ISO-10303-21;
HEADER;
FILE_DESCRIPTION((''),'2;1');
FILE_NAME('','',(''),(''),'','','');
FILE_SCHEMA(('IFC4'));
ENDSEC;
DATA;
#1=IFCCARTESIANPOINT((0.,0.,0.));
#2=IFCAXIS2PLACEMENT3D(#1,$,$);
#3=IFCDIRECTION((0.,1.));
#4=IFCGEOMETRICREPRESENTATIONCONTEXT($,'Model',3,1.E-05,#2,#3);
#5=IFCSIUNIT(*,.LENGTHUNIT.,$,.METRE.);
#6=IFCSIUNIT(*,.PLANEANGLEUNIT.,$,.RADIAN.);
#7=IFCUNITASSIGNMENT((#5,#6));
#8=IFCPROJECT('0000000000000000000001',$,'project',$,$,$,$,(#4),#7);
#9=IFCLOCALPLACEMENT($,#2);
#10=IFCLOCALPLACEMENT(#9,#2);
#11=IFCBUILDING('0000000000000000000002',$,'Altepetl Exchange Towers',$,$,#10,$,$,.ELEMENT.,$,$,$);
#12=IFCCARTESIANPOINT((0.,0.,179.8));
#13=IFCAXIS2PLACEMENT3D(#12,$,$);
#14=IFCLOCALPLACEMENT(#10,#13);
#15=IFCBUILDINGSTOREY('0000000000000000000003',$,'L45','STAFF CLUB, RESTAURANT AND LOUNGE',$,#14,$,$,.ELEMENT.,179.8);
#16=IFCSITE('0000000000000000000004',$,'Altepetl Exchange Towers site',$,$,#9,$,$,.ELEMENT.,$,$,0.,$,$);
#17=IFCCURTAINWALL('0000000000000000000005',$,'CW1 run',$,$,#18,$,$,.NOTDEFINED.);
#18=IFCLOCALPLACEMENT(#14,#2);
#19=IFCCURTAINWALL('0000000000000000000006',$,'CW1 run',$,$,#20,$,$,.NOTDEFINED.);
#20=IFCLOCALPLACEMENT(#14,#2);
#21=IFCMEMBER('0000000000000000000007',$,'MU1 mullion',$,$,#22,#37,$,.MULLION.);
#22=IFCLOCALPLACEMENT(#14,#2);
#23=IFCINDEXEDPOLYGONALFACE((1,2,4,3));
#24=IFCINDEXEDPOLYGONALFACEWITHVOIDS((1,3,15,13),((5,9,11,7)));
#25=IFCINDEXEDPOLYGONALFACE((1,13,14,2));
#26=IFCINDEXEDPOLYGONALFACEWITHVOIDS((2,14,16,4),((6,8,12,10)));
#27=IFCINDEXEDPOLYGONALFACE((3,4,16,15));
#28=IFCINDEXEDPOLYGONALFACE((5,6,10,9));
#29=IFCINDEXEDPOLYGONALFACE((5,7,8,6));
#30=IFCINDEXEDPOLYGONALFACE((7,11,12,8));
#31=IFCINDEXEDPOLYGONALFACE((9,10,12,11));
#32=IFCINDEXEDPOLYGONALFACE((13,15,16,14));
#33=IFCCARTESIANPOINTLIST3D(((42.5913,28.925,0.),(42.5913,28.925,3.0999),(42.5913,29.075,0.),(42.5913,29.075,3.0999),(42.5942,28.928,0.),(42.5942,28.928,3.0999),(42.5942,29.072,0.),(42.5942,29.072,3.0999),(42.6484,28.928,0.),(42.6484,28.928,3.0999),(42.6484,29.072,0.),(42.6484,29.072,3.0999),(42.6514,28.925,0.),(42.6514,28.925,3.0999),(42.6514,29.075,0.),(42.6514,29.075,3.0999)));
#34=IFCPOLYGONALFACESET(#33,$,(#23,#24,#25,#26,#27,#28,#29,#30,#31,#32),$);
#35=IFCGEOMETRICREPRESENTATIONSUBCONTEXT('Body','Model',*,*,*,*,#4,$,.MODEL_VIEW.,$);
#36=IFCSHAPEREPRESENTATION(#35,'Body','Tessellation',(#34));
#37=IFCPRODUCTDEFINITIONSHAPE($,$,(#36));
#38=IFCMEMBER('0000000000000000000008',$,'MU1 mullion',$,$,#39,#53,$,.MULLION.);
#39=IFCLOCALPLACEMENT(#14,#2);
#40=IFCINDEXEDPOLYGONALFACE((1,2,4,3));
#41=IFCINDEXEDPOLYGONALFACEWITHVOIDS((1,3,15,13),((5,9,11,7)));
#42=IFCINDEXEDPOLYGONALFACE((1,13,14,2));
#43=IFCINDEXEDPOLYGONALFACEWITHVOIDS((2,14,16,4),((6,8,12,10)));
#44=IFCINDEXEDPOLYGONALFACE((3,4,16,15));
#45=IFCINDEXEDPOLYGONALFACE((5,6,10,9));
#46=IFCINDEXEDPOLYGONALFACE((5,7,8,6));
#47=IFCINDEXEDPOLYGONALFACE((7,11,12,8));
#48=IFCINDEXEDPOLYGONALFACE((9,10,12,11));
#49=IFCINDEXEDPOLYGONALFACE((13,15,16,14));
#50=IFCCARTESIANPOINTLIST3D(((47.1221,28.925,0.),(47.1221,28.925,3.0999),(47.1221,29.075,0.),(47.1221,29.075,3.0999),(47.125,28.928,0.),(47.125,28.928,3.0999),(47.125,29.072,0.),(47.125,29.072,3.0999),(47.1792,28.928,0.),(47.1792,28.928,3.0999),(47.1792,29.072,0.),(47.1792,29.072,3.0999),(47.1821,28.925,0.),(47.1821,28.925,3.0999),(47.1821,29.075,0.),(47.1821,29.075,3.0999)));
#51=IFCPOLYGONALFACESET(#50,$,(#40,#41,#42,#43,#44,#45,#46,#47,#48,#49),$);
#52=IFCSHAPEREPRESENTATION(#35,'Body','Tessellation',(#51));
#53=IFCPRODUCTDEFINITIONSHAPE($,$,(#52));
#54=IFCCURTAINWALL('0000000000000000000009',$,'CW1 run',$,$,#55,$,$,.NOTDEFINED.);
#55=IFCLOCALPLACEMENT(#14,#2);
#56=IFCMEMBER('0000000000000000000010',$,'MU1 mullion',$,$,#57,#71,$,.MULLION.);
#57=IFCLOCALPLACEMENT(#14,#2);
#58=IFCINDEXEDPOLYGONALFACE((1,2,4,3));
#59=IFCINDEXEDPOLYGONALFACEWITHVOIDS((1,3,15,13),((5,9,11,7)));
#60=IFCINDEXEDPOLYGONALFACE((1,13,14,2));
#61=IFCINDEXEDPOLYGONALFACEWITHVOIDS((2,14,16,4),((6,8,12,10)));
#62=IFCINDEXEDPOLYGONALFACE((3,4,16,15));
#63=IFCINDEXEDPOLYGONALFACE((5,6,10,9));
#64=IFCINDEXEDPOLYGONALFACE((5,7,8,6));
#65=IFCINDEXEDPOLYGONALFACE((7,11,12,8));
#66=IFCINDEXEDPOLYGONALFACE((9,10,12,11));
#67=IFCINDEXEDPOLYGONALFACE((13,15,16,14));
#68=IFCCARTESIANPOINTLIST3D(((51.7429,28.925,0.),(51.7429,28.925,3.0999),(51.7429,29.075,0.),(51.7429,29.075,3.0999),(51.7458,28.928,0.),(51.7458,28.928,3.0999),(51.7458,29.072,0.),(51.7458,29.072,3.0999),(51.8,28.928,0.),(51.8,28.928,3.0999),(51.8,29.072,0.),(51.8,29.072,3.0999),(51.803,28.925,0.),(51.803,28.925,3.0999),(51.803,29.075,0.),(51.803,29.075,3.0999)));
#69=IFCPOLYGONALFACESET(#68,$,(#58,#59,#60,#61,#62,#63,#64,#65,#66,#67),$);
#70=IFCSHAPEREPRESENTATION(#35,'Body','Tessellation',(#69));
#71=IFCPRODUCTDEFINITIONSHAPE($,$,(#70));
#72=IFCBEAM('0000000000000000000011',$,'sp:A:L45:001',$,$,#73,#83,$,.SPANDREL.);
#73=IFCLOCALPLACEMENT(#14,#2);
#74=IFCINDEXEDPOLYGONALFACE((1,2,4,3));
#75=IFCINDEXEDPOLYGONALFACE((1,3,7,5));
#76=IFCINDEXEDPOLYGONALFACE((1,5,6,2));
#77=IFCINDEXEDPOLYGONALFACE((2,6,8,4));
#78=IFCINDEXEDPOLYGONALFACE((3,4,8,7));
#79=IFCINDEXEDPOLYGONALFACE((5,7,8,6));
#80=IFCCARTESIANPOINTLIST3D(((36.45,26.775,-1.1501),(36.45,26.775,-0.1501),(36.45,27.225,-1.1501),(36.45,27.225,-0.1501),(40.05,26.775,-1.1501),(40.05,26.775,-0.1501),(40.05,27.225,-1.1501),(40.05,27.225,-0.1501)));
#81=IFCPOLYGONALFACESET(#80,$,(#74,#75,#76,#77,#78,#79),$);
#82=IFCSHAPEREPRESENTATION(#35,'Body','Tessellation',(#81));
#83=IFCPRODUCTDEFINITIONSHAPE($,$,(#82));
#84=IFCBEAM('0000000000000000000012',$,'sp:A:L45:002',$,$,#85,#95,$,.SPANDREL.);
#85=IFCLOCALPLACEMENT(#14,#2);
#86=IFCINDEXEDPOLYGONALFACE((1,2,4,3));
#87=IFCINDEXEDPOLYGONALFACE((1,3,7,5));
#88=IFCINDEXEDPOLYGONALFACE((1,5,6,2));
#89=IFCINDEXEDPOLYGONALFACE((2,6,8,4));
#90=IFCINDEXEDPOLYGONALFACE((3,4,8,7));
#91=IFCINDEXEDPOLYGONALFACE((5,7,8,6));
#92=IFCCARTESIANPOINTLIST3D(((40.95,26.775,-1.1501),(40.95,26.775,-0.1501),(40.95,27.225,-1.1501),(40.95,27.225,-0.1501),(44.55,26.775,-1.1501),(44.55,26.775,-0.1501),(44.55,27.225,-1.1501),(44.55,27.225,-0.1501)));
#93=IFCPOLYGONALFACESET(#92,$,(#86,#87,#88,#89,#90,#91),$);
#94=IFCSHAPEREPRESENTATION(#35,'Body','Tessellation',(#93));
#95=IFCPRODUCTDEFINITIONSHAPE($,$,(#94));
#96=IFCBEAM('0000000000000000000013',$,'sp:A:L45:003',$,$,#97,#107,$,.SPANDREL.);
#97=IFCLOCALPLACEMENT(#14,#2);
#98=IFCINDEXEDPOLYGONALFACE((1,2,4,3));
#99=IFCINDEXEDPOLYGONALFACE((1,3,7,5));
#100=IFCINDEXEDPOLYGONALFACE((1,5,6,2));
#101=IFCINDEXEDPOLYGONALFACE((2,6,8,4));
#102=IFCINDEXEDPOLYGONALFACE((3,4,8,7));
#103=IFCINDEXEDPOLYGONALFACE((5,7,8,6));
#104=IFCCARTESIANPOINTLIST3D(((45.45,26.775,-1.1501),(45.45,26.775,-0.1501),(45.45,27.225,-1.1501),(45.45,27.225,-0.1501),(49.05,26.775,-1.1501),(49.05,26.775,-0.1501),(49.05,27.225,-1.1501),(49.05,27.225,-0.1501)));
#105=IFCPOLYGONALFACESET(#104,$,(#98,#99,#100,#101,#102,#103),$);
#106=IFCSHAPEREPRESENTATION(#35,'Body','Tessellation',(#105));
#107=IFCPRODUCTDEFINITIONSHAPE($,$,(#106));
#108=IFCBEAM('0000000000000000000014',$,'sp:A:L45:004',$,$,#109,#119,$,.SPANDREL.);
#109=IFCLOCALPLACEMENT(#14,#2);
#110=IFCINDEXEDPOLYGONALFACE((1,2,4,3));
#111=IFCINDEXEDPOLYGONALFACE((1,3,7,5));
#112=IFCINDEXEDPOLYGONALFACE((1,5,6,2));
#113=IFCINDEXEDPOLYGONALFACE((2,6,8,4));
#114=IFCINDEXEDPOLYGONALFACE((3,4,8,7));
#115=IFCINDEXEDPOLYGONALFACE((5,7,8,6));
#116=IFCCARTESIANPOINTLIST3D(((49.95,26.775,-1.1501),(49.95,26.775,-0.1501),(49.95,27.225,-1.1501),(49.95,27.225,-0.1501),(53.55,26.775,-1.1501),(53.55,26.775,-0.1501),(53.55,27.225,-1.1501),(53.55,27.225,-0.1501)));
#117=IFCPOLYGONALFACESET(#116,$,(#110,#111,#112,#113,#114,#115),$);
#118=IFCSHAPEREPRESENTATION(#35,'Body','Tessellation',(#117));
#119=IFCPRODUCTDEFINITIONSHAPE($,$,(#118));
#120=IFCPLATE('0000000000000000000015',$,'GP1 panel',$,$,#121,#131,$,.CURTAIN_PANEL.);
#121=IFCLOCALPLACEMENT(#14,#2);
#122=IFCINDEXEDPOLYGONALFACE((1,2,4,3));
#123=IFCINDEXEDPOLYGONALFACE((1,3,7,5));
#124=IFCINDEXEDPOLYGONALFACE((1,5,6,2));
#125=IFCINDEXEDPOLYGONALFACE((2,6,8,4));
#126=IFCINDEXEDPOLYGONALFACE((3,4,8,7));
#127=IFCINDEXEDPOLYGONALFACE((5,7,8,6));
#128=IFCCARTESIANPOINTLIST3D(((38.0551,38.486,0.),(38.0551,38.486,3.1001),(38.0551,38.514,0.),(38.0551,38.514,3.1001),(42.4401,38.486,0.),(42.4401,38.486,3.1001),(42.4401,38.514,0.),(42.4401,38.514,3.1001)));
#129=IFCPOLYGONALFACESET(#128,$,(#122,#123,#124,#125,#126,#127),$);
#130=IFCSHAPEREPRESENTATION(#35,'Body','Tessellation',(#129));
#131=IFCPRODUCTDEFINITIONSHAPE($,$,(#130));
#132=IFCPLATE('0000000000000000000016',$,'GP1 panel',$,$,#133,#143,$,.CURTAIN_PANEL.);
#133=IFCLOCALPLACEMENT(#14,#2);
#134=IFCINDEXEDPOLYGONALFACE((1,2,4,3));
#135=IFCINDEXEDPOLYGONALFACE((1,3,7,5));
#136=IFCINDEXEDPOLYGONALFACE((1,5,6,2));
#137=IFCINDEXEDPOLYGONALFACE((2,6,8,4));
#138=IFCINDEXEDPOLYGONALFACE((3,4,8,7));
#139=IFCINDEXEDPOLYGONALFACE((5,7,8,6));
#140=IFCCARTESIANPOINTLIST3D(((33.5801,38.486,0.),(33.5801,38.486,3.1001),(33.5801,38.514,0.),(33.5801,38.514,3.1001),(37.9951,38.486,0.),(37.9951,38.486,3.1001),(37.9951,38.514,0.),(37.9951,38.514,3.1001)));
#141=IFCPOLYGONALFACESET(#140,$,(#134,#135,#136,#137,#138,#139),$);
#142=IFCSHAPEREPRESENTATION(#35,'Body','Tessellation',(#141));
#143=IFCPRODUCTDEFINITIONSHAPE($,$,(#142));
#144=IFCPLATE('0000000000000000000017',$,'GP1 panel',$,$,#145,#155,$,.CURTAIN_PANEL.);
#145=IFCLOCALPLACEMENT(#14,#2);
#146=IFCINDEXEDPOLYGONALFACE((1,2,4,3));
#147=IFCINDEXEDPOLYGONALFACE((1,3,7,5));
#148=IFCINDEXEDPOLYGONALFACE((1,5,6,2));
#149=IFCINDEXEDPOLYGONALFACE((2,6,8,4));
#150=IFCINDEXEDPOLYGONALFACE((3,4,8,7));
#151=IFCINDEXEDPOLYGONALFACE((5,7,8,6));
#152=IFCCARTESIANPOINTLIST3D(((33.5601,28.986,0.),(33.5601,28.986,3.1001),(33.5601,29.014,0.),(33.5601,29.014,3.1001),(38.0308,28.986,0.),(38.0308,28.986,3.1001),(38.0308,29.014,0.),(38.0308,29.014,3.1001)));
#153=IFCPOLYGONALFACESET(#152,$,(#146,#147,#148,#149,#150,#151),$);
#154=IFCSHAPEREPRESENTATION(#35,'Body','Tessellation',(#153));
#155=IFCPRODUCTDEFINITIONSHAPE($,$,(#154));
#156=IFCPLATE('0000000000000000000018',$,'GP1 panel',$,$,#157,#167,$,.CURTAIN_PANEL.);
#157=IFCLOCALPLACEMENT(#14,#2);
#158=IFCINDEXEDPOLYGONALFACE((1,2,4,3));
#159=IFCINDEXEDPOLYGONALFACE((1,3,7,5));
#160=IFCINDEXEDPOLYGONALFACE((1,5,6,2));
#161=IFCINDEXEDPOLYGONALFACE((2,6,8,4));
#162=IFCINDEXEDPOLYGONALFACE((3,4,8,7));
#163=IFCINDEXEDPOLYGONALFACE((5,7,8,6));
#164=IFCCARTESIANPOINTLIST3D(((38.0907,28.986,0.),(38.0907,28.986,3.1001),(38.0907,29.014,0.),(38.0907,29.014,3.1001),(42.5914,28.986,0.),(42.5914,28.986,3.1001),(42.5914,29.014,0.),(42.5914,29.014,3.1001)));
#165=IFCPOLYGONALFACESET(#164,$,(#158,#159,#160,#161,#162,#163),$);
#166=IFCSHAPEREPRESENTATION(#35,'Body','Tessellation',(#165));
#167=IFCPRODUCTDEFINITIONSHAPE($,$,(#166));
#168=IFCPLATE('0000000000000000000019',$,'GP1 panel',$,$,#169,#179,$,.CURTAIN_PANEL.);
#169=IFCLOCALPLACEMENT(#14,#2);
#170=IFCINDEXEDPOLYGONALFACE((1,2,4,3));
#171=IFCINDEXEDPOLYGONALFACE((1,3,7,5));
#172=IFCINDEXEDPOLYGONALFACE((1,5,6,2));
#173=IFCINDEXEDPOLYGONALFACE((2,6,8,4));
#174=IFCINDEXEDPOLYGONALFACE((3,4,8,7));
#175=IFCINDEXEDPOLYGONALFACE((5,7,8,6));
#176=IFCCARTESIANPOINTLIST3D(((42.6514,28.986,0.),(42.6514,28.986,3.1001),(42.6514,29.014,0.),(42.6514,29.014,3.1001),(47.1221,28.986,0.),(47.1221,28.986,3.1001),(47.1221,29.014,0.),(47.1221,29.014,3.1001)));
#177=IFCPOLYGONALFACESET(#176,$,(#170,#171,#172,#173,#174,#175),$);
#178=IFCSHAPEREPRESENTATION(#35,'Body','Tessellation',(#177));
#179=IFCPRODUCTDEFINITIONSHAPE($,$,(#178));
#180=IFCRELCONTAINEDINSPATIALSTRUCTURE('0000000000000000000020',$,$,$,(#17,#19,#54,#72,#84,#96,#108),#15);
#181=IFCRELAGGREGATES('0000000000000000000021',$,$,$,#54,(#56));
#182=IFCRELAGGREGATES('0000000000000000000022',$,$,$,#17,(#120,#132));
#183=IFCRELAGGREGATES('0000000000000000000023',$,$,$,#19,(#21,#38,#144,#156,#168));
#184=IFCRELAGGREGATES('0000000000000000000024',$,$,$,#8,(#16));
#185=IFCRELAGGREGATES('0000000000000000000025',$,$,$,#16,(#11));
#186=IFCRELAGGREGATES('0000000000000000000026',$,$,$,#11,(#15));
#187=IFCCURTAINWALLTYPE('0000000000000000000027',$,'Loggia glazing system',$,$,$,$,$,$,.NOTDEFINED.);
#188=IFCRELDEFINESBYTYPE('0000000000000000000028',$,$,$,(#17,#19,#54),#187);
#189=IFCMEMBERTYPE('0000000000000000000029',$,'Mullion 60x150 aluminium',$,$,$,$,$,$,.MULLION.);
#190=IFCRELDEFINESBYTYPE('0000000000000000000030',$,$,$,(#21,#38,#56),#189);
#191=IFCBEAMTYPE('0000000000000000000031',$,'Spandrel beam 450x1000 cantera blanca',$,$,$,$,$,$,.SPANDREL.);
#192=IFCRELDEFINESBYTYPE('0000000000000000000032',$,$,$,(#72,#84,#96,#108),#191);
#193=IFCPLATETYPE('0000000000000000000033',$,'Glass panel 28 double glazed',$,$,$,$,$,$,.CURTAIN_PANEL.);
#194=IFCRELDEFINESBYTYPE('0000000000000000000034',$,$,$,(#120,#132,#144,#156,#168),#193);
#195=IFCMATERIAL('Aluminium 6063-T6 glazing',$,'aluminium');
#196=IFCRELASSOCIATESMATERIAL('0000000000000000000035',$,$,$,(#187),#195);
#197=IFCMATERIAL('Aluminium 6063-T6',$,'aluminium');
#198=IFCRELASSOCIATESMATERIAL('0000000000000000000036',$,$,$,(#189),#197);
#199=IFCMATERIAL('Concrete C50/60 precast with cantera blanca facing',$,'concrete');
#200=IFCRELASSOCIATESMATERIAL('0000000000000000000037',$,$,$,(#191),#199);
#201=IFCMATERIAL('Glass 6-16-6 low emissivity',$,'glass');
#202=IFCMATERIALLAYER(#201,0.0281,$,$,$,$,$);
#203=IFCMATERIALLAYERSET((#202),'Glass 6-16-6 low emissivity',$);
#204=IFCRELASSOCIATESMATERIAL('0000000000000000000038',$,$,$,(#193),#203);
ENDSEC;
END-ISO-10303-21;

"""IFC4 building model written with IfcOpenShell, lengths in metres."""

from ifc_helpers import new_model, si_unit, direction, frame, origin, origin_2d, place, context, subcontext, project, spatial, rectangle, hollow_rectangle, extrude, material, layer, layer_set, material_profile, profile_set, type_object, element, aggregate, save


model = new_model("IFC4")

# Units and contexts
model_context = context("Model", 3, precision=1e-05, world=origin(), true_north=direction((0.0, 1.0)))
body_context = subcontext(model_context, "Body", "Model", "MODEL_VIEW")
ifc_project = project(units=[si_unit("LENGTHUNIT", "METRE"), si_unit("PLANEANGLEUNIT", "RADIAN")], contexts=[model_context])

# Site, building, storey
site_placement = place(None, origin())
site = spatial("IfcSite", under=ifc_project, at=site_placement, Name="Altepetl Exchange Towers site", CompositionType="ELEMENT", RefElevation=0.0)
building_placement = place(site_placement, origin())
building = spatial("IfcBuilding", under=site, at=building_placement, Name="Altepetl Exchange Towers", CompositionType="ELEMENT")
storey_placement = place(building_placement, frame((0.0, 0.0, 179.8)))
storey = spatial("IfcBuildingStorey", under=building, at=storey_placement, Name="L45", Description="STAFF CLUB, RESTAURANT AND LOUNGE", CompositionType="ELEMENT", Elevation=179.8)

# Curtain walls, members
ifc_material_1 = material(Name="Aluminium 6063-T6 glazing", Category="aluminium")
curtain_wall_type = type_object("IfcCurtainWallType", Name="Loggia glazing system", PredefinedType="NOTDEFINED", material=ifc_material_1)
curtain_wall_1_placement = place(storey_placement, origin())
curtain_wall_1 = element("IfcCurtainWall", 1, at=curtain_wall_1_placement, inside=storey, type_object=curtain_wall_type, Name="CW1 run", PredefinedType="NOTDEFINED")
ifc_material_2 = material(Name="Aluminium 6063-T6", Category="aluminium")
ifc_material_profile_1 = material_profile(ifc_material_2, hollow_rectangle(XDim=0.0601, YDim=0.1499, WallThickness=0.0029, at=origin_2d()), Name="Mullion 60x150 aluminium")
ifc_profile_set_1 = profile_set([ifc_material_profile_1], Name="Aluminium 6063-T6")
member_type = type_object("IfcMemberType", Name="Mullion 60x150 aluminium", PredefinedType="MULLION", material=ifc_profile_set_1)
curtain_wall_2_placement = place(storey_placement, origin())
curtain_wall_2 = element("IfcCurtainWall", 2, at=curtain_wall_2_placement, inside=storey, type_object=curtain_wall_type, Name="CW1 run", PredefinedType="NOTDEFINED")
member_1_placement = place(storey_placement, frame((42.6213, 29.0, 0.0)))
member_1 = element("IfcMember", 3, at=member_1_placement, type_object=member_type, Name="MU1 mullion", PredefinedType="MULLION", context=body_context, shape_type="SweptSolid", body=[
    extrude(hollow_rectangle(XDim=0.0601, YDim=0.1499, WallThickness=0.0029, at=origin_2d()), origin(), (0.0, 0.0, 1.0), 3.0999),
])
member_2_placement = place(storey_placement, frame((47.1521, 29.0, 0.0)))
member_2 = element("IfcMember", 4, at=member_2_placement, type_object=member_type, Name="MU1 mullion", PredefinedType="MULLION", context=body_context, shape_type="SweptSolid", body=[
    extrude(hollow_rectangle(XDim=0.0601, YDim=0.1499, WallThickness=0.0029, at=origin_2d()), origin(), (0.0, 0.0, 1.0), 3.0999),
])

# Curtain wall, member
curtain_wall_3_placement = place(storey_placement, origin())
curtain_wall_3 = element("IfcCurtainWall", 5, at=curtain_wall_3_placement, inside=storey, type_object=curtain_wall_type, Name="CW1 run", PredefinedType="NOTDEFINED")
member_3_placement = place(storey_placement, frame((51.7729, 29.0, 0.0)))
member_3 = element("IfcMember", 6, at=member_3_placement, type_object=member_type, Name="MU1 mullion", PredefinedType="MULLION", context=body_context, shape_type="SweptSolid", body=[
    extrude(hollow_rectangle(XDim=0.0601, YDim=0.1499, WallThickness=0.0029, at=origin_2d()), origin(), (0.0, 0.0, 1.0), 3.0999),
])
aggregate(curtain_wall_3, [member_3])

# Beams
ifc_material_3 = material(Name="Concrete C50/60 precast with cantera blanca facing", Category="concrete")
ifc_material_profile_2 = material_profile(ifc_material_3, rectangle(XDim=0.45, YDim=1.0, at=origin_2d()), Name="450 x 1000")
ifc_profile_set_2 = profile_set([ifc_material_profile_2], Name="Concrete C50/60 precast with cantera blanca facing")
beam_type_1 = type_object("IfcBeamType", Name="Spandrel beam 450x1000 cantera blanca", PredefinedType="SPANDREL", material=ifc_profile_set_2)
for number, where, z_axis, x_axis, name in (
    (7, (36.45, 27.0, -0.6501), (1.0, 0.0, 0.0), (0.0, 1.0, 0.0), "sp:A:L45:001"),
    (8, (40.95, 27.0, -0.6501), (1.0, 0.0, 0.0), (0.0, 1.0, 0.0), "sp:A:L45:002"),
    (9, (45.45, 27.0, -0.6501), (1.0, 0.0, 0.0), (0.0, 1.0, 0.0), "sp:A:L45:003"),
    (10, (49.95, 27.0, -0.6501), (1.0, 0.0, 0.0), (0.0, 1.0, 0.0), "sp:A:L45:004"),
):
    element("IfcBeam", number, at=place(storey_placement, frame(where, z_axis=z_axis, x_axis=x_axis)), inside=storey, type_object=beam_type_1, Name=name, PredefinedType="SPANDREL", context=body_context, shape_type="SweptSolid", body=[
        extrude(rectangle(XDim=0.45, YDim=1.0, at=origin_2d()), origin(), (0.0, 0.0, 1.0), 3.6001),
    ])

# Plates
ifc_material_4 = material(Name="Glass 6-16-6 low emissivity", Category="glass")
ifc_layer_1 = layer(ifc_material_4, 0.0281)
ifc_layer_set_1 = layer_set([ifc_layer_1], Name="Glass 6-16-6 low emissivity")
plate_type = type_object("IfcPlateType", Name="Glass panel 28 double glazed", PredefinedType="CURTAIN_PANEL", material=ifc_layer_set_1)
plate_1_placement = place(storey_placement, frame((40.2476, 38.5, 0.0), z_axis=(0.0, 0.0, 1.0), x_axis=(-1.0, 0.0, 0.0)))
plate_1 = element("IfcPlate", 11, at=plate_1_placement, type_object=plate_type, Name="GP1 panel", PredefinedType="CURTAIN_PANEL", context=body_context, shape_type="SweptSolid", body=[
    extrude(rectangle(XDim=4.385, YDim=0.0281, at=origin_2d()), origin(), (0.0, 0.0, 1.0), 3.1001),
])
plate_2_placement = place(storey_placement, frame((35.7876, 38.5, 0.0), z_axis=(0.0, 0.0, 1.0), x_axis=(-1.0, 0.0, 0.0)))
plate_2 = element("IfcPlate", 12, at=plate_2_placement, type_object=plate_type, Name="GP1 panel", PredefinedType="CURTAIN_PANEL", context=body_context, shape_type="SweptSolid", body=[
    extrude(rectangle(XDim=4.415, YDim=0.0281, at=origin_2d()), origin(), (0.0, 0.0, 1.0), 3.1001),
])
aggregate(curtain_wall_1, [plate_1, plate_2])
plate_3_placement = place(storey_placement, frame((35.7954, 29.0, 0.0)))
plate_3 = element("IfcPlate", 13, at=plate_3_placement, type_object=plate_type, Name="GP1 panel", PredefinedType="CURTAIN_PANEL", context=body_context, shape_type="SweptSolid", body=[
    extrude(rectangle(XDim=4.4707, YDim=0.0281, at=origin_2d()), origin(), (0.0, 0.0, 1.0), 3.1001),
])
plate_4_placement = place(storey_placement, frame((40.3411, 29.0, 0.0)))
plate_4 = element("IfcPlate", 14, at=plate_4_placement, type_object=plate_type, Name="GP1 panel", PredefinedType="CURTAIN_PANEL", context=body_context, shape_type="SweptSolid", body=[
    extrude(rectangle(XDim=4.5007, YDim=0.0281, at=origin_2d()), origin(), (0.0, 0.0, 1.0), 3.1001),
])
plate_5_placement = place(storey_placement, frame((44.8867, 29.0, 0.0)))
plate_5 = element("IfcPlate", 15, at=plate_5_placement, type_object=plate_type, Name="GP1 panel", PredefinedType="CURTAIN_PANEL", context=body_context, shape_type="SweptSolid", body=[
    extrude(rectangle(XDim=4.4707, YDim=0.0281, at=origin_2d()), origin(), (0.0, 0.0, 1.0), 3.1001),
])
aggregate(curtain_wall_2, [member_1, member_2, plate_3, plate_4, plate_5])

save(model, "model.ifc")
